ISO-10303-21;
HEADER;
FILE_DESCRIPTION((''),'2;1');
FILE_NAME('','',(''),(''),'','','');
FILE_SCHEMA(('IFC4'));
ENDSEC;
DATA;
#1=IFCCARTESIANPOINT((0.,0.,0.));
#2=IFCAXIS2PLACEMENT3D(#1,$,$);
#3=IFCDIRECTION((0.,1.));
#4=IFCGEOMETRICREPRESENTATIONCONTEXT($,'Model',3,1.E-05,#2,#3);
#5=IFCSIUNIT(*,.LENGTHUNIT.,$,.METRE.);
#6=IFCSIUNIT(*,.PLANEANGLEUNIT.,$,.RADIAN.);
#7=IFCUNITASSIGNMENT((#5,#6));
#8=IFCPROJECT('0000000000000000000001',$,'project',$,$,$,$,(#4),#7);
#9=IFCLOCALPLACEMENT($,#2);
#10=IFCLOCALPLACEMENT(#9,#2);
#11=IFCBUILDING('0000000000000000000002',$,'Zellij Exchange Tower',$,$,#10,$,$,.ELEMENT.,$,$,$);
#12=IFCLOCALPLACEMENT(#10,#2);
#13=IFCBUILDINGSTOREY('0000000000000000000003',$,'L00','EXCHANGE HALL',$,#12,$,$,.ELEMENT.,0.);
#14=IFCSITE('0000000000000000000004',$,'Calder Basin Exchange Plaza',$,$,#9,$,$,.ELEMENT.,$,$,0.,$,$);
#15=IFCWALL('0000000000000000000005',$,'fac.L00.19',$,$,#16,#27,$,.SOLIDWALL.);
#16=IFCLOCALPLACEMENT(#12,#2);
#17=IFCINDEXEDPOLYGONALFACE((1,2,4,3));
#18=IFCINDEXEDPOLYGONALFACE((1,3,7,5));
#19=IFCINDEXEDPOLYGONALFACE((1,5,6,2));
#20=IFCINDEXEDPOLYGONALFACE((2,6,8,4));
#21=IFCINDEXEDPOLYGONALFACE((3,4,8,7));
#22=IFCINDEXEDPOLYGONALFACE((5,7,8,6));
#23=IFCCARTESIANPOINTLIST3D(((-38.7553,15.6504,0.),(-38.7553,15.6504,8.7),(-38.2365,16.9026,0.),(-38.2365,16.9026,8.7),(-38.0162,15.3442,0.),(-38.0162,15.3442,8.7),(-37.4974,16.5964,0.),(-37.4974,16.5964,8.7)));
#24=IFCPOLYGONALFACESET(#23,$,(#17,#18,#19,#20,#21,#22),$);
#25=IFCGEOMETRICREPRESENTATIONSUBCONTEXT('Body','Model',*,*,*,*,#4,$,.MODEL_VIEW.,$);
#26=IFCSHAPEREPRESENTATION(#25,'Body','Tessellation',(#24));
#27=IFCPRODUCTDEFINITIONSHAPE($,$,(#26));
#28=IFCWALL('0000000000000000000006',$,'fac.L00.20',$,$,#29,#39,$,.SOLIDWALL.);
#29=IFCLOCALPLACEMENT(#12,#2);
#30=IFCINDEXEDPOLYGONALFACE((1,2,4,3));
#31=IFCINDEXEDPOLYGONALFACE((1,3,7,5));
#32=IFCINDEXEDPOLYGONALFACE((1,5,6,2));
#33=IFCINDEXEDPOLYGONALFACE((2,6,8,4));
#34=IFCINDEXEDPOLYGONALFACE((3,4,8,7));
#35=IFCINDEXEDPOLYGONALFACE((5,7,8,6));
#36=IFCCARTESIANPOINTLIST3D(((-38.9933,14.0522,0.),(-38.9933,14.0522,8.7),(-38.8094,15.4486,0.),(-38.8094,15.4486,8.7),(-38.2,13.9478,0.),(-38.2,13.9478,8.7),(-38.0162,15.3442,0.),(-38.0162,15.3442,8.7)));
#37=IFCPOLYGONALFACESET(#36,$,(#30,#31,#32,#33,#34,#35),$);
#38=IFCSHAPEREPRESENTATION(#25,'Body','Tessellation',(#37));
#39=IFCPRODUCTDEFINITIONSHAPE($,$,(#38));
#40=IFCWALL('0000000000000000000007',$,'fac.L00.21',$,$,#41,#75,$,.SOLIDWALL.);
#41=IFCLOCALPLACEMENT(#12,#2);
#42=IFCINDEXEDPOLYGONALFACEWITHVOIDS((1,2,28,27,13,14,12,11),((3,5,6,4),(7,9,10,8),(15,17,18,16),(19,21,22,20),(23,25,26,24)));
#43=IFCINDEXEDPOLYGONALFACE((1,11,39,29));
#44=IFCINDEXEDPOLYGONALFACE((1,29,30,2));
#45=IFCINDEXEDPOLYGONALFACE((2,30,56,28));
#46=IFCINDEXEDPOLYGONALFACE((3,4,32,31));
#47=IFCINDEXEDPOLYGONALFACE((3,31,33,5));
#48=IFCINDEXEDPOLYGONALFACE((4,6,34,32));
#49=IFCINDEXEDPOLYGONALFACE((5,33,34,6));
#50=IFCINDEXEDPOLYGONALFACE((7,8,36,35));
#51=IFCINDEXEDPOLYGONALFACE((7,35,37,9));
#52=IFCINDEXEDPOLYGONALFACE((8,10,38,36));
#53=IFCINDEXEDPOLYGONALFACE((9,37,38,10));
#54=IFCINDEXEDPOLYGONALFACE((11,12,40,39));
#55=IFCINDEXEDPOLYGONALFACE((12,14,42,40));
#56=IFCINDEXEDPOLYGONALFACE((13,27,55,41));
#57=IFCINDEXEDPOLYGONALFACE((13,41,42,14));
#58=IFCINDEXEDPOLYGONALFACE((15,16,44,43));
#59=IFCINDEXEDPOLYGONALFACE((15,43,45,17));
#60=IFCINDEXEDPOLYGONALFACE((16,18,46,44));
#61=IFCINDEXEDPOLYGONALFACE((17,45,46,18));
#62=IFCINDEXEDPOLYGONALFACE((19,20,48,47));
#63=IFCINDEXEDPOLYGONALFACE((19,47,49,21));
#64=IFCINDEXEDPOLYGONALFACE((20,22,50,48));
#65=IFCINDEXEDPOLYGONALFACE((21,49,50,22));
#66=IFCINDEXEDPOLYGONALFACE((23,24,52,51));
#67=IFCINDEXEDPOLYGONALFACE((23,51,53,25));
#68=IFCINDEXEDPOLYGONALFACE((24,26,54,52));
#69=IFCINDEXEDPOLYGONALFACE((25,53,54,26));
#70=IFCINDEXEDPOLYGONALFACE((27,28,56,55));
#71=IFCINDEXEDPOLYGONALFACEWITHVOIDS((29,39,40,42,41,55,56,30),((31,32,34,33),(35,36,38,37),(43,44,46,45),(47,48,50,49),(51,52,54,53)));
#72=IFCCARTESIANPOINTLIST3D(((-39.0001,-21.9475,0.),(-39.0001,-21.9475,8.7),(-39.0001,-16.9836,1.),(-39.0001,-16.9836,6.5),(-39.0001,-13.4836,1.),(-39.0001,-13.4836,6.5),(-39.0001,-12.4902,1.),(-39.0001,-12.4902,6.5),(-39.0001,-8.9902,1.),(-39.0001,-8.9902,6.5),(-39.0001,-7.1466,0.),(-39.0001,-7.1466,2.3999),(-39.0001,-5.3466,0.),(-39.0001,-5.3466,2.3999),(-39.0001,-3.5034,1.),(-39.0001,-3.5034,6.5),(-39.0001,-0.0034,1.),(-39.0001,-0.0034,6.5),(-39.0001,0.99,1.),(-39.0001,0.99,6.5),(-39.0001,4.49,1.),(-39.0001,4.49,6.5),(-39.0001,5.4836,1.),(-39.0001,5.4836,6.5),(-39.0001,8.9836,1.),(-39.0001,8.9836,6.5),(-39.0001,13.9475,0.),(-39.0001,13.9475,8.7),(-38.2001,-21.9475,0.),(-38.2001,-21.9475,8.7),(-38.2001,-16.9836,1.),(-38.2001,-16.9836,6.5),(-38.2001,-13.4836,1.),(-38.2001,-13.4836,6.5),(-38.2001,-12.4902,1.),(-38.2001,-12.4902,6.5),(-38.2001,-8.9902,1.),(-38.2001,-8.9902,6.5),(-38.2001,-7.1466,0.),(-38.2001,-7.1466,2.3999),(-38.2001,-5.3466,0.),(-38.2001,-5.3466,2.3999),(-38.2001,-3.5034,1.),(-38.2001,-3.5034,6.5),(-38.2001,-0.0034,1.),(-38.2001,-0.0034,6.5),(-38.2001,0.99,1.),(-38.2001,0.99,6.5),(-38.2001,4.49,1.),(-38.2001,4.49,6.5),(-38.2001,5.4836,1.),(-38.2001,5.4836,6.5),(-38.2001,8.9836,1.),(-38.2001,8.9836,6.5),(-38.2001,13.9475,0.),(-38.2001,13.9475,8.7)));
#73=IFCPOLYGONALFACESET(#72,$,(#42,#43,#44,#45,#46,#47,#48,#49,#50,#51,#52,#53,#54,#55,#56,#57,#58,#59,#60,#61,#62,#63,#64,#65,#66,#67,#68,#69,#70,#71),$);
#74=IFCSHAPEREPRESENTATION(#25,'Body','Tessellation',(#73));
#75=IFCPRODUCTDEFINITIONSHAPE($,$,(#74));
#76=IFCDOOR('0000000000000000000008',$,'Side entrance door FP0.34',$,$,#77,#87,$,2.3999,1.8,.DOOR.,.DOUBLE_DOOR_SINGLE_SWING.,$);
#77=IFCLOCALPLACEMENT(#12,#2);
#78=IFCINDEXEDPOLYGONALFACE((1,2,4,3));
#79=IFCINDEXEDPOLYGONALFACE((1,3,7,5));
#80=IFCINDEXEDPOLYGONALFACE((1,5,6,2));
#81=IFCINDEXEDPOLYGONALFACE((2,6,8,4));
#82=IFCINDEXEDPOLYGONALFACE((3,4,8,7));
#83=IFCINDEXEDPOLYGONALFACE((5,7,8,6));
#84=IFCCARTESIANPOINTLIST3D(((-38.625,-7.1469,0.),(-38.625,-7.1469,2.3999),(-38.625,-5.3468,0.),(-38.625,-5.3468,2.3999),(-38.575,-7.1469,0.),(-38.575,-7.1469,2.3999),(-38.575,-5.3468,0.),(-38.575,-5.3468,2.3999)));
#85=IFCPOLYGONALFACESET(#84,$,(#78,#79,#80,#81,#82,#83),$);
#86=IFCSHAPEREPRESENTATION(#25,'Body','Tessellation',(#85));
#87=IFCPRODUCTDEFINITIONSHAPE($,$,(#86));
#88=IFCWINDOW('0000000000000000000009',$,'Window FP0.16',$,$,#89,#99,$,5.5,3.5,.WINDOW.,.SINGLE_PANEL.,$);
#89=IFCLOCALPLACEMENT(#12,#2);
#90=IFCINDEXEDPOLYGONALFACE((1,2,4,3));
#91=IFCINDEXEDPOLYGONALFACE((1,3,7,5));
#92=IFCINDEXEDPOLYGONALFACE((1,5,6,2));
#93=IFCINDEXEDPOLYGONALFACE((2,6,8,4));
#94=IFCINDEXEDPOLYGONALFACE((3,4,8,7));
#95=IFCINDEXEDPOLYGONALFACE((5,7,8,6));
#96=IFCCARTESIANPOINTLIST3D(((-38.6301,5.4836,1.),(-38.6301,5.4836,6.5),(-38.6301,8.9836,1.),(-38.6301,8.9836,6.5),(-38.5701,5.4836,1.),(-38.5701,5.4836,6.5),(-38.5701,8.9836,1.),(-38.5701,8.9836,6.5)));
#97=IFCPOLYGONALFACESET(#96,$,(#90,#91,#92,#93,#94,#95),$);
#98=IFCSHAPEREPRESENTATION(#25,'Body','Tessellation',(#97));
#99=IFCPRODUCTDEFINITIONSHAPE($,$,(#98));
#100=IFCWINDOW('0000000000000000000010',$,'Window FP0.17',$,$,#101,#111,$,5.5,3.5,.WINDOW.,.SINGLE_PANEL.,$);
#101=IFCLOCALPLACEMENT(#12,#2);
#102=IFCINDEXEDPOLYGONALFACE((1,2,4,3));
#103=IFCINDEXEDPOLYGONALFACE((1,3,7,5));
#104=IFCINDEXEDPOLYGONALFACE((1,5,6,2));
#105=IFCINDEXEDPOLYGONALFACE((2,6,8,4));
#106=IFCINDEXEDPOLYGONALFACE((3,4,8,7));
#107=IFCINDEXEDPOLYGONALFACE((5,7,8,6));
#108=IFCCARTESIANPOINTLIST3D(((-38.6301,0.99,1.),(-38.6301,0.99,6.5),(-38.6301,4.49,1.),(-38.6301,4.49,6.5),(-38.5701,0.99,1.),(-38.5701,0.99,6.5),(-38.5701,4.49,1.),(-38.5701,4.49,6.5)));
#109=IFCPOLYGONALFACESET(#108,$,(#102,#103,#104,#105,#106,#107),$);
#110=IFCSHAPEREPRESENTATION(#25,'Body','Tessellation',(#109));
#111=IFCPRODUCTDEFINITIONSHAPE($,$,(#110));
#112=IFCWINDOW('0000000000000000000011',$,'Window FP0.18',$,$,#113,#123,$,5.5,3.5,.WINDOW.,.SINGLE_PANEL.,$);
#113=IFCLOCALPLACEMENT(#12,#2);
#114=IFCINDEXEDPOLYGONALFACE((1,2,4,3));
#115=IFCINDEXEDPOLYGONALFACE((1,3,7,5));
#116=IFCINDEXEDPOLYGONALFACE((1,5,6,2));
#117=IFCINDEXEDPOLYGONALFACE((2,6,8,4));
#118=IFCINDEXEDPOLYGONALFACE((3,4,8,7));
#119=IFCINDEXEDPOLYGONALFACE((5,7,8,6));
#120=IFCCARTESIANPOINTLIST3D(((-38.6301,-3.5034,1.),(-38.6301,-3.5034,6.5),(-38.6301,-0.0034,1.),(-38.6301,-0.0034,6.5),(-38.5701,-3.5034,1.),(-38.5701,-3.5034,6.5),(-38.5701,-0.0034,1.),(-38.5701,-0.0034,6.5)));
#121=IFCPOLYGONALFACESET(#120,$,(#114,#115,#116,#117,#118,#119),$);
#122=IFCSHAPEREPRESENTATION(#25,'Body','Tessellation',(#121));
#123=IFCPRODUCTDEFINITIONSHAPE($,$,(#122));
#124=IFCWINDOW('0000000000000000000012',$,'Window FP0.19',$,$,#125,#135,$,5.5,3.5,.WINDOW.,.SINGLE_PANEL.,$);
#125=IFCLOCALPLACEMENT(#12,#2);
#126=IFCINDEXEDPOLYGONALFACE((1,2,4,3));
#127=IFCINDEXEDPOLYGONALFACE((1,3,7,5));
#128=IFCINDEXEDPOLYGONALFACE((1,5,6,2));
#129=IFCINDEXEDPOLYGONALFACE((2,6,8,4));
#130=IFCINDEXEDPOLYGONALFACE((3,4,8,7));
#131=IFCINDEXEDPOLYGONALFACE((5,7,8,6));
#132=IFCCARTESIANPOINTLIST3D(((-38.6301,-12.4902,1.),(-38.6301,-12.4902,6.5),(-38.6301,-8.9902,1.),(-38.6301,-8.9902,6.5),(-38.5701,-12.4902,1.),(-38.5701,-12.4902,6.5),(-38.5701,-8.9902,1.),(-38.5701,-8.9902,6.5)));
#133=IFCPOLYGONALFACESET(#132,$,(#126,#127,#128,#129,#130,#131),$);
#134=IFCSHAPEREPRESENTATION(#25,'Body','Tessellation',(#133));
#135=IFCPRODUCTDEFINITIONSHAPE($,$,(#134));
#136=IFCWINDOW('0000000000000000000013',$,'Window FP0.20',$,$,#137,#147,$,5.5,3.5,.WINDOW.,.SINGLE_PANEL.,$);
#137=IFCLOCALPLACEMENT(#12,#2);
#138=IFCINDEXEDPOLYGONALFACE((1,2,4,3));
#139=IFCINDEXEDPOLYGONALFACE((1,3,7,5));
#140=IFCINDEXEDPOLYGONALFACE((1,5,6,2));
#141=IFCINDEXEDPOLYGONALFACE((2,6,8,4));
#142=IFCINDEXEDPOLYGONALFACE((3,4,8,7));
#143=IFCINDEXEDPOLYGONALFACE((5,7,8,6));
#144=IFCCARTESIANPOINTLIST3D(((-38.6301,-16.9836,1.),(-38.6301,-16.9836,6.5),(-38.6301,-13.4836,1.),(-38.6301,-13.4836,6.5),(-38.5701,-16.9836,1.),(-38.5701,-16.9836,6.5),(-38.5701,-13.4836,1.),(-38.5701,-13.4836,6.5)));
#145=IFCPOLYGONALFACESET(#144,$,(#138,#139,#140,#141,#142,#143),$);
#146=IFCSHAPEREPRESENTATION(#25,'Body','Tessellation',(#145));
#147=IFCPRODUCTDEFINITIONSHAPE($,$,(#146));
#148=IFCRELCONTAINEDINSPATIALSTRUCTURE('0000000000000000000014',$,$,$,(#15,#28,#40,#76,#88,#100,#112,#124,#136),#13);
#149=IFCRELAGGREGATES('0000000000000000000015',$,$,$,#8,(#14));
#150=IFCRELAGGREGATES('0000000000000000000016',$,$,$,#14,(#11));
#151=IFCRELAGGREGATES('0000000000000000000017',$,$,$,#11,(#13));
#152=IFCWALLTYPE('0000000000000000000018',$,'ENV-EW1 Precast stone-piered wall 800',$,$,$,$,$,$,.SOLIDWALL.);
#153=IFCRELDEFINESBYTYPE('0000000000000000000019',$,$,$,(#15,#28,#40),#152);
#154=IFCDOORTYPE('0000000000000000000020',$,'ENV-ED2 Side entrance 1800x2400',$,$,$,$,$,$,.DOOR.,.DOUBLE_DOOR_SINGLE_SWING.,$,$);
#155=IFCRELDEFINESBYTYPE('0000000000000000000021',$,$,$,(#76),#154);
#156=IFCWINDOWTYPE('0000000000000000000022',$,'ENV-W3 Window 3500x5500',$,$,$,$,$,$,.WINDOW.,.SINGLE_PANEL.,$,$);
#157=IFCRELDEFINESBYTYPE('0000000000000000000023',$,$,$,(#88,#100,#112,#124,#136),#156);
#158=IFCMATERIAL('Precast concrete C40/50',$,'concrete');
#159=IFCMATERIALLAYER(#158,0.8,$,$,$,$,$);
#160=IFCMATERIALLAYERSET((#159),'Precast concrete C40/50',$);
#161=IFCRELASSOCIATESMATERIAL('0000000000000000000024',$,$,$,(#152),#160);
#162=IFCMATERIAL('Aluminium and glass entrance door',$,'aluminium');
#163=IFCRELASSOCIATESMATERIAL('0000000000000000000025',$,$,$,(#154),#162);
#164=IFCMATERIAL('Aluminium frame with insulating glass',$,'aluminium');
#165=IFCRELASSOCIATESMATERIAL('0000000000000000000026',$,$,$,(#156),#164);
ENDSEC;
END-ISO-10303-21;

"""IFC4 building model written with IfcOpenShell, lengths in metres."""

from ifc_helpers import new_model, si_unit, direction, frame, frame_2d, origin, place, context, subcontext, project, spatial, rectangle, extrude, material, layer, layer_set, type_object, element, fill, save


model = new_model("IFC4")

# Units and contexts
model_context = context("Model", 3, precision=1e-05, world=origin(), true_north=direction((0.0, 1.0)))
body_context = subcontext(model_context, "Body", "Model", "MODEL_VIEW")
ifc_project = project(units=[si_unit("LENGTHUNIT", "METRE"), si_unit("PLANEANGLEUNIT", "RADIAN")], contexts=[model_context])

# Site, building, storey
site_placement = place(None, origin())
site = spatial("IfcSite", under=ifc_project, at=site_placement, Name="Calder Basin Exchange Plaza", CompositionType="ELEMENT", RefElevation=0.0)
building_placement = place(site_placement, origin())
building = spatial("IfcBuilding", under=site, at=building_placement, Name="Zellij Exchange Tower", CompositionType="ELEMENT")
storey_placement = place(building_placement, origin())
storey = spatial("IfcBuildingStorey", under=building, at=storey_placement, Name="L00", Description="EXCHANGE HALL", CompositionType="ELEMENT", Elevation=0.0)

# Walls
ifc_material_1 = material(Name="Precast concrete C40/50", Category="concrete")
ifc_layer_1 = layer(ifc_material_1, 0.8)
ifc_layer_set_1 = layer_set([ifc_layer_1], Name="Precast concrete C40/50")
wall_type_1 = type_object("IfcWallType", Name="ENV-EW1 Precast stone-piered wall 800", PredefinedType="SOLIDWALL", material=ifc_layer_set_1)
wall_1_placement = place(storey_placement, frame((-37.8669, 16.7495, 0.0), z_axis=(0.0, 0.0, 1.0), x_axis=(-0.38276, -0.923848, 0.0)))
element("IfcWall", 1, at=wall_1_placement, inside=storey, type_object=wall_type_1, Name="fac.L00.19", PredefinedType="SOLIDWALL", context=body_context, shape_type="SweptSolid", body=[
    extrude(rectangle(XDim=1.3555, YDim=0.8, at=frame_2d((0.6777, 0.0))), origin(), (0.0, 0.0, 1.0), 8.7),
])
wall_2_placement = place(storey_placement, frame((-38.4128, 15.3962, 0.0), z_axis=(0.0, 0.0, 1.0), x_axis=(-0.130517, -0.991446, 0.0)))
element("IfcWall", 2, at=wall_2_placement, inside=storey, type_object=wall_type_1, Name="fac.L00.20", PredefinedType="SOLIDWALL", context=body_context, shape_type="SweptSolid", body=[
    extrude(rectangle(XDim=1.4084, YDim=0.8, at=frame_2d((0.7041, 0.0))), origin(), (0.0, 0.0, 1.0), 8.7),
])

# Wall, openings, door, windows
wall_3_placement = place(storey_placement, frame((-38.6001, 13.9475, 0.0), z_axis=(0.0, 0.0, 1.0), x_axis=(0.0, -1.0, 0.0)))
wall_3 = element("IfcWall", 3, at=wall_3_placement, inside=storey, type_object=wall_type_1, Name="fac.L00.21", PredefinedType="SOLIDWALL", context=body_context, shape_type="SweptSolid", body=[
    extrude(rectangle(XDim=35.895, YDim=0.8, at=frame_2d((17.9475, 0.0))), origin(), (0.0, 0.0, 1.0), 8.7),
])
opening_1_placement = place(wall_3_placement, frame((4.9639, 0.0, 1.0)))
opening_1 = element("IfcOpeningElement", 4, at=opening_1_placement, cuts=wall_3, PredefinedType="OPENING", context=body_context, shape_type="SweptSolid", body=[
    extrude(rectangle(XDim=3.5, YDim=5.5, at=frame_2d((1.75, 2.75))), frame((0.0, 0.4121, 0.0), z_axis=(0.0, -1.0, 0.0), x_axis=(1.0, 0.0, 0.0)), (0.0, 0.0, 1.0), 0.824),
])
opening_2_placement = place(wall_3_placement, frame((9.4575, 0.0, 1.0)))
opening_2 = element("IfcOpeningElement", 5, at=opening_2_placement, cuts=wall_3, PredefinedType="OPENING", context=body_context, shape_type="SweptSolid", body=[
    extrude(rectangle(XDim=3.5, YDim=5.5, at=frame_2d((1.75, 2.75))), frame((0.0, 0.4121, 0.0), z_axis=(0.0, -1.0, 0.0), x_axis=(1.0, 0.0, 0.0)), (0.0, 0.0, 1.0), 0.824),
])
opening_3_placement = place(wall_3_placement, frame((13.9509, 0.0, 1.0)))
opening_3 = element("IfcOpeningElement", 6, at=opening_3_placement, cuts=wall_3, PredefinedType="OPENING", context=body_context, shape_type="SweptSolid", body=[
    extrude(rectangle(XDim=3.5, YDim=5.5, at=frame_2d((1.75, 2.75))), frame((0.0, 0.4121, 0.0), z_axis=(0.0, -1.0, 0.0), x_axis=(1.0, 0.0, 0.0)), (0.0, 0.0, 1.0), 0.824),
])
opening_4_placement = place(wall_3_placement, frame((22.9377, 0.0, 1.0)))
opening_4 = element("IfcOpeningElement", 7, at=opening_4_placement, cuts=wall_3, PredefinedType="OPENING", context=body_context, shape_type="SweptSolid", body=[
    extrude(rectangle(XDim=3.5, YDim=5.5, at=frame_2d((1.75, 2.75))), frame((0.0, 0.4121, 0.0), z_axis=(0.0, -1.0, 0.0), x_axis=(1.0, 0.0, 0.0)), (0.0, 0.0, 1.0), 0.824),
])
opening_5_placement = place(wall_3_placement, frame((27.4312, 0.0, 1.0)))
opening_5 = element("IfcOpeningElement", 8, at=opening_5_placement, cuts=wall_3, PredefinedType="OPENING", context=body_context, shape_type="SweptSolid", body=[
    extrude(rectangle(XDim=3.5, YDim=5.5, at=frame_2d((1.75, 2.75))), frame((0.0, 0.4121, 0.0), z_axis=(0.0, -1.0, 0.0), x_axis=(1.0, 0.0, 0.0)), (0.0, 0.0, 1.0), 0.824),
])
opening_6_placement = place(wall_3_placement, frame((19.2942, 0.0, 0.0)))
opening_6 = element("IfcOpeningElement", 9, at=opening_6_placement, cuts=wall_3, PredefinedType="OPENING", context=body_context, shape_type="SweptSolid", body=[
    extrude(rectangle(XDim=1.8, YDim=2.3999, at=frame_2d((0.8999, 1.2))), frame((0.0, 0.4121, 0.0), z_axis=(0.0, -1.0, 0.0), x_axis=(1.0, 0.0, 0.0)), (0.0, 0.0, 1.0), 0.824),
])
ifc_material_2 = material(Name="Aluminium and glass entrance door", Category="aluminium")
door_type_1 = type_object("IfcDoorType", Name="ENV-ED2 Side entrance 1800x2400", OperationType="DOUBLE_DOOR_SINGLE_SWING", PredefinedType="DOOR", material=ifc_material_2)
door_1_placement = place(opening_6_placement, frame((1.8, 0.0, 0.0), z_axis=(0.0, 0.0, 1.0), x_axis=(-1.0, 0.0, 0.0)))
door_1 = element("IfcDoor", 10, at=door_1_placement, inside=storey, type_object=door_type_1, Name="Side entrance door FP0.34", OperationType="DOUBLE_DOOR_SINGLE_SWING", OverallHeight=2.3999, OverallWidth=1.8, PredefinedType="DOOR", context=body_context, shape_type="SweptSolid", body=[
    extrude(rectangle(XDim=1.8, YDim=2.3999, at=frame_2d((0.8999, 1.2))), frame((0.0, 0.0249, 0.0), z_axis=(0.0, -1.0, 0.0), x_axis=(1.0, 0.0, 0.0)), (0.0, 0.0, 1.0), 0.05),
])
fill(opening_6, door_1)
ifc_material_3 = material(Name="Aluminium frame with insulating glass", Category="aluminium")
window_type = type_object("IfcWindowType", Name="ENV-W3 Window 3500x5500", PartitioningType="SINGLE_PANEL", PredefinedType="WINDOW", material=ifc_material_3)
window_1_placement = place(opening_1_placement, origin())
window_1 = element("IfcWindow", 11, at=window_1_placement, inside=storey, type_object=window_type, Name="Window FP0.16", OverallHeight=5.5, OverallWidth=3.5, PartitioningType="SINGLE_PANEL", PredefinedType="WINDOW", context=body_context, shape_type="SweptSolid", body=[
    extrude(rectangle(XDim=3.5, YDim=5.5, at=frame_2d((1.75, 2.75))), frame((0.0, 0.03, 0.0), z_axis=(0.0, -1.0, 0.0), x_axis=(1.0, 0.0, 0.0)), (0.0, 0.0, 1.0), 0.0601),
])
fill(opening_1, window_1)
window_2_placement = place(opening_2_placement, origin())
window_2 = element("IfcWindow", 12, at=window_2_placement, inside=storey, type_object=window_type, Name="Window FP0.17", OverallHeight=5.5, OverallWidth=3.5, PartitioningType="SINGLE_PANEL", PredefinedType="WINDOW", context=body_context, shape_type="SweptSolid", body=[
    extrude(rectangle(XDim=3.5, YDim=5.5, at=frame_2d((1.75, 2.75))), frame((0.0, 0.03, 0.0), z_axis=(0.0, -1.0, 0.0), x_axis=(1.0, 0.0, 0.0)), (0.0, 0.0, 1.0), 0.0601),
])
fill(opening_2, window_2)
window_3_placement = place(opening_3_placement, origin())
window_3 = element("IfcWindow", 13, at=window_3_placement, inside=storey, type_object=window_type, Name="Window FP0.18", OverallHeight=5.5, OverallWidth=3.5, PartitioningType="SINGLE_PANEL", PredefinedType="WINDOW", context=body_context, shape_type="SweptSolid", body=[
    extrude(rectangle(XDim=3.5, YDim=5.5, at=frame_2d((1.75, 2.75))), frame((0.0, 0.03, 0.0), z_axis=(0.0, -1.0, 0.0), x_axis=(1.0, 0.0, 0.0)), (0.0, 0.0, 1.0), 0.0601),
])
fill(opening_3, window_3)
window_4_placement = place(opening_4_placement, origin())
window_4 = element("IfcWindow", 14, at=window_4_placement, inside=storey, type_object=window_type, Name="Window FP0.19", OverallHeight=5.5, OverallWidth=3.5, PartitioningType="SINGLE_PANEL", PredefinedType="WINDOW", context=body_context, shape_type="SweptSolid", body=[
    extrude(rectangle(XDim=3.5, YDim=5.5, at=frame_2d((1.75, 2.75))), frame((0.0, 0.03, 0.0), z_axis=(0.0, -1.0, 0.0), x_axis=(1.0, 0.0, 0.0)), (0.0, 0.0, 1.0), 0.0601),
])
fill(opening_4, window_4)
window_5_placement = place(opening_5_placement, origin())
window_5 = element("IfcWindow", 15, at=window_5_placement, inside=storey, type_object=window_type, Name="Window FP0.20", OverallHeight=5.5, OverallWidth=3.5, PartitioningType="SINGLE_PANEL", PredefinedType="WINDOW", context=body_context, shape_type="SweptSolid", body=[
    extrude(rectangle(XDim=3.5, YDim=5.5, at=frame_2d((1.75, 2.75))), frame((0.0, 0.03, 0.0), z_axis=(0.0, -1.0, 0.0), x_axis=(1.0, 0.0, 0.0)), (0.0, 0.0, 1.0), 0.0601),
])
fill(opening_5, window_5)

save(model, "model.ifc")
